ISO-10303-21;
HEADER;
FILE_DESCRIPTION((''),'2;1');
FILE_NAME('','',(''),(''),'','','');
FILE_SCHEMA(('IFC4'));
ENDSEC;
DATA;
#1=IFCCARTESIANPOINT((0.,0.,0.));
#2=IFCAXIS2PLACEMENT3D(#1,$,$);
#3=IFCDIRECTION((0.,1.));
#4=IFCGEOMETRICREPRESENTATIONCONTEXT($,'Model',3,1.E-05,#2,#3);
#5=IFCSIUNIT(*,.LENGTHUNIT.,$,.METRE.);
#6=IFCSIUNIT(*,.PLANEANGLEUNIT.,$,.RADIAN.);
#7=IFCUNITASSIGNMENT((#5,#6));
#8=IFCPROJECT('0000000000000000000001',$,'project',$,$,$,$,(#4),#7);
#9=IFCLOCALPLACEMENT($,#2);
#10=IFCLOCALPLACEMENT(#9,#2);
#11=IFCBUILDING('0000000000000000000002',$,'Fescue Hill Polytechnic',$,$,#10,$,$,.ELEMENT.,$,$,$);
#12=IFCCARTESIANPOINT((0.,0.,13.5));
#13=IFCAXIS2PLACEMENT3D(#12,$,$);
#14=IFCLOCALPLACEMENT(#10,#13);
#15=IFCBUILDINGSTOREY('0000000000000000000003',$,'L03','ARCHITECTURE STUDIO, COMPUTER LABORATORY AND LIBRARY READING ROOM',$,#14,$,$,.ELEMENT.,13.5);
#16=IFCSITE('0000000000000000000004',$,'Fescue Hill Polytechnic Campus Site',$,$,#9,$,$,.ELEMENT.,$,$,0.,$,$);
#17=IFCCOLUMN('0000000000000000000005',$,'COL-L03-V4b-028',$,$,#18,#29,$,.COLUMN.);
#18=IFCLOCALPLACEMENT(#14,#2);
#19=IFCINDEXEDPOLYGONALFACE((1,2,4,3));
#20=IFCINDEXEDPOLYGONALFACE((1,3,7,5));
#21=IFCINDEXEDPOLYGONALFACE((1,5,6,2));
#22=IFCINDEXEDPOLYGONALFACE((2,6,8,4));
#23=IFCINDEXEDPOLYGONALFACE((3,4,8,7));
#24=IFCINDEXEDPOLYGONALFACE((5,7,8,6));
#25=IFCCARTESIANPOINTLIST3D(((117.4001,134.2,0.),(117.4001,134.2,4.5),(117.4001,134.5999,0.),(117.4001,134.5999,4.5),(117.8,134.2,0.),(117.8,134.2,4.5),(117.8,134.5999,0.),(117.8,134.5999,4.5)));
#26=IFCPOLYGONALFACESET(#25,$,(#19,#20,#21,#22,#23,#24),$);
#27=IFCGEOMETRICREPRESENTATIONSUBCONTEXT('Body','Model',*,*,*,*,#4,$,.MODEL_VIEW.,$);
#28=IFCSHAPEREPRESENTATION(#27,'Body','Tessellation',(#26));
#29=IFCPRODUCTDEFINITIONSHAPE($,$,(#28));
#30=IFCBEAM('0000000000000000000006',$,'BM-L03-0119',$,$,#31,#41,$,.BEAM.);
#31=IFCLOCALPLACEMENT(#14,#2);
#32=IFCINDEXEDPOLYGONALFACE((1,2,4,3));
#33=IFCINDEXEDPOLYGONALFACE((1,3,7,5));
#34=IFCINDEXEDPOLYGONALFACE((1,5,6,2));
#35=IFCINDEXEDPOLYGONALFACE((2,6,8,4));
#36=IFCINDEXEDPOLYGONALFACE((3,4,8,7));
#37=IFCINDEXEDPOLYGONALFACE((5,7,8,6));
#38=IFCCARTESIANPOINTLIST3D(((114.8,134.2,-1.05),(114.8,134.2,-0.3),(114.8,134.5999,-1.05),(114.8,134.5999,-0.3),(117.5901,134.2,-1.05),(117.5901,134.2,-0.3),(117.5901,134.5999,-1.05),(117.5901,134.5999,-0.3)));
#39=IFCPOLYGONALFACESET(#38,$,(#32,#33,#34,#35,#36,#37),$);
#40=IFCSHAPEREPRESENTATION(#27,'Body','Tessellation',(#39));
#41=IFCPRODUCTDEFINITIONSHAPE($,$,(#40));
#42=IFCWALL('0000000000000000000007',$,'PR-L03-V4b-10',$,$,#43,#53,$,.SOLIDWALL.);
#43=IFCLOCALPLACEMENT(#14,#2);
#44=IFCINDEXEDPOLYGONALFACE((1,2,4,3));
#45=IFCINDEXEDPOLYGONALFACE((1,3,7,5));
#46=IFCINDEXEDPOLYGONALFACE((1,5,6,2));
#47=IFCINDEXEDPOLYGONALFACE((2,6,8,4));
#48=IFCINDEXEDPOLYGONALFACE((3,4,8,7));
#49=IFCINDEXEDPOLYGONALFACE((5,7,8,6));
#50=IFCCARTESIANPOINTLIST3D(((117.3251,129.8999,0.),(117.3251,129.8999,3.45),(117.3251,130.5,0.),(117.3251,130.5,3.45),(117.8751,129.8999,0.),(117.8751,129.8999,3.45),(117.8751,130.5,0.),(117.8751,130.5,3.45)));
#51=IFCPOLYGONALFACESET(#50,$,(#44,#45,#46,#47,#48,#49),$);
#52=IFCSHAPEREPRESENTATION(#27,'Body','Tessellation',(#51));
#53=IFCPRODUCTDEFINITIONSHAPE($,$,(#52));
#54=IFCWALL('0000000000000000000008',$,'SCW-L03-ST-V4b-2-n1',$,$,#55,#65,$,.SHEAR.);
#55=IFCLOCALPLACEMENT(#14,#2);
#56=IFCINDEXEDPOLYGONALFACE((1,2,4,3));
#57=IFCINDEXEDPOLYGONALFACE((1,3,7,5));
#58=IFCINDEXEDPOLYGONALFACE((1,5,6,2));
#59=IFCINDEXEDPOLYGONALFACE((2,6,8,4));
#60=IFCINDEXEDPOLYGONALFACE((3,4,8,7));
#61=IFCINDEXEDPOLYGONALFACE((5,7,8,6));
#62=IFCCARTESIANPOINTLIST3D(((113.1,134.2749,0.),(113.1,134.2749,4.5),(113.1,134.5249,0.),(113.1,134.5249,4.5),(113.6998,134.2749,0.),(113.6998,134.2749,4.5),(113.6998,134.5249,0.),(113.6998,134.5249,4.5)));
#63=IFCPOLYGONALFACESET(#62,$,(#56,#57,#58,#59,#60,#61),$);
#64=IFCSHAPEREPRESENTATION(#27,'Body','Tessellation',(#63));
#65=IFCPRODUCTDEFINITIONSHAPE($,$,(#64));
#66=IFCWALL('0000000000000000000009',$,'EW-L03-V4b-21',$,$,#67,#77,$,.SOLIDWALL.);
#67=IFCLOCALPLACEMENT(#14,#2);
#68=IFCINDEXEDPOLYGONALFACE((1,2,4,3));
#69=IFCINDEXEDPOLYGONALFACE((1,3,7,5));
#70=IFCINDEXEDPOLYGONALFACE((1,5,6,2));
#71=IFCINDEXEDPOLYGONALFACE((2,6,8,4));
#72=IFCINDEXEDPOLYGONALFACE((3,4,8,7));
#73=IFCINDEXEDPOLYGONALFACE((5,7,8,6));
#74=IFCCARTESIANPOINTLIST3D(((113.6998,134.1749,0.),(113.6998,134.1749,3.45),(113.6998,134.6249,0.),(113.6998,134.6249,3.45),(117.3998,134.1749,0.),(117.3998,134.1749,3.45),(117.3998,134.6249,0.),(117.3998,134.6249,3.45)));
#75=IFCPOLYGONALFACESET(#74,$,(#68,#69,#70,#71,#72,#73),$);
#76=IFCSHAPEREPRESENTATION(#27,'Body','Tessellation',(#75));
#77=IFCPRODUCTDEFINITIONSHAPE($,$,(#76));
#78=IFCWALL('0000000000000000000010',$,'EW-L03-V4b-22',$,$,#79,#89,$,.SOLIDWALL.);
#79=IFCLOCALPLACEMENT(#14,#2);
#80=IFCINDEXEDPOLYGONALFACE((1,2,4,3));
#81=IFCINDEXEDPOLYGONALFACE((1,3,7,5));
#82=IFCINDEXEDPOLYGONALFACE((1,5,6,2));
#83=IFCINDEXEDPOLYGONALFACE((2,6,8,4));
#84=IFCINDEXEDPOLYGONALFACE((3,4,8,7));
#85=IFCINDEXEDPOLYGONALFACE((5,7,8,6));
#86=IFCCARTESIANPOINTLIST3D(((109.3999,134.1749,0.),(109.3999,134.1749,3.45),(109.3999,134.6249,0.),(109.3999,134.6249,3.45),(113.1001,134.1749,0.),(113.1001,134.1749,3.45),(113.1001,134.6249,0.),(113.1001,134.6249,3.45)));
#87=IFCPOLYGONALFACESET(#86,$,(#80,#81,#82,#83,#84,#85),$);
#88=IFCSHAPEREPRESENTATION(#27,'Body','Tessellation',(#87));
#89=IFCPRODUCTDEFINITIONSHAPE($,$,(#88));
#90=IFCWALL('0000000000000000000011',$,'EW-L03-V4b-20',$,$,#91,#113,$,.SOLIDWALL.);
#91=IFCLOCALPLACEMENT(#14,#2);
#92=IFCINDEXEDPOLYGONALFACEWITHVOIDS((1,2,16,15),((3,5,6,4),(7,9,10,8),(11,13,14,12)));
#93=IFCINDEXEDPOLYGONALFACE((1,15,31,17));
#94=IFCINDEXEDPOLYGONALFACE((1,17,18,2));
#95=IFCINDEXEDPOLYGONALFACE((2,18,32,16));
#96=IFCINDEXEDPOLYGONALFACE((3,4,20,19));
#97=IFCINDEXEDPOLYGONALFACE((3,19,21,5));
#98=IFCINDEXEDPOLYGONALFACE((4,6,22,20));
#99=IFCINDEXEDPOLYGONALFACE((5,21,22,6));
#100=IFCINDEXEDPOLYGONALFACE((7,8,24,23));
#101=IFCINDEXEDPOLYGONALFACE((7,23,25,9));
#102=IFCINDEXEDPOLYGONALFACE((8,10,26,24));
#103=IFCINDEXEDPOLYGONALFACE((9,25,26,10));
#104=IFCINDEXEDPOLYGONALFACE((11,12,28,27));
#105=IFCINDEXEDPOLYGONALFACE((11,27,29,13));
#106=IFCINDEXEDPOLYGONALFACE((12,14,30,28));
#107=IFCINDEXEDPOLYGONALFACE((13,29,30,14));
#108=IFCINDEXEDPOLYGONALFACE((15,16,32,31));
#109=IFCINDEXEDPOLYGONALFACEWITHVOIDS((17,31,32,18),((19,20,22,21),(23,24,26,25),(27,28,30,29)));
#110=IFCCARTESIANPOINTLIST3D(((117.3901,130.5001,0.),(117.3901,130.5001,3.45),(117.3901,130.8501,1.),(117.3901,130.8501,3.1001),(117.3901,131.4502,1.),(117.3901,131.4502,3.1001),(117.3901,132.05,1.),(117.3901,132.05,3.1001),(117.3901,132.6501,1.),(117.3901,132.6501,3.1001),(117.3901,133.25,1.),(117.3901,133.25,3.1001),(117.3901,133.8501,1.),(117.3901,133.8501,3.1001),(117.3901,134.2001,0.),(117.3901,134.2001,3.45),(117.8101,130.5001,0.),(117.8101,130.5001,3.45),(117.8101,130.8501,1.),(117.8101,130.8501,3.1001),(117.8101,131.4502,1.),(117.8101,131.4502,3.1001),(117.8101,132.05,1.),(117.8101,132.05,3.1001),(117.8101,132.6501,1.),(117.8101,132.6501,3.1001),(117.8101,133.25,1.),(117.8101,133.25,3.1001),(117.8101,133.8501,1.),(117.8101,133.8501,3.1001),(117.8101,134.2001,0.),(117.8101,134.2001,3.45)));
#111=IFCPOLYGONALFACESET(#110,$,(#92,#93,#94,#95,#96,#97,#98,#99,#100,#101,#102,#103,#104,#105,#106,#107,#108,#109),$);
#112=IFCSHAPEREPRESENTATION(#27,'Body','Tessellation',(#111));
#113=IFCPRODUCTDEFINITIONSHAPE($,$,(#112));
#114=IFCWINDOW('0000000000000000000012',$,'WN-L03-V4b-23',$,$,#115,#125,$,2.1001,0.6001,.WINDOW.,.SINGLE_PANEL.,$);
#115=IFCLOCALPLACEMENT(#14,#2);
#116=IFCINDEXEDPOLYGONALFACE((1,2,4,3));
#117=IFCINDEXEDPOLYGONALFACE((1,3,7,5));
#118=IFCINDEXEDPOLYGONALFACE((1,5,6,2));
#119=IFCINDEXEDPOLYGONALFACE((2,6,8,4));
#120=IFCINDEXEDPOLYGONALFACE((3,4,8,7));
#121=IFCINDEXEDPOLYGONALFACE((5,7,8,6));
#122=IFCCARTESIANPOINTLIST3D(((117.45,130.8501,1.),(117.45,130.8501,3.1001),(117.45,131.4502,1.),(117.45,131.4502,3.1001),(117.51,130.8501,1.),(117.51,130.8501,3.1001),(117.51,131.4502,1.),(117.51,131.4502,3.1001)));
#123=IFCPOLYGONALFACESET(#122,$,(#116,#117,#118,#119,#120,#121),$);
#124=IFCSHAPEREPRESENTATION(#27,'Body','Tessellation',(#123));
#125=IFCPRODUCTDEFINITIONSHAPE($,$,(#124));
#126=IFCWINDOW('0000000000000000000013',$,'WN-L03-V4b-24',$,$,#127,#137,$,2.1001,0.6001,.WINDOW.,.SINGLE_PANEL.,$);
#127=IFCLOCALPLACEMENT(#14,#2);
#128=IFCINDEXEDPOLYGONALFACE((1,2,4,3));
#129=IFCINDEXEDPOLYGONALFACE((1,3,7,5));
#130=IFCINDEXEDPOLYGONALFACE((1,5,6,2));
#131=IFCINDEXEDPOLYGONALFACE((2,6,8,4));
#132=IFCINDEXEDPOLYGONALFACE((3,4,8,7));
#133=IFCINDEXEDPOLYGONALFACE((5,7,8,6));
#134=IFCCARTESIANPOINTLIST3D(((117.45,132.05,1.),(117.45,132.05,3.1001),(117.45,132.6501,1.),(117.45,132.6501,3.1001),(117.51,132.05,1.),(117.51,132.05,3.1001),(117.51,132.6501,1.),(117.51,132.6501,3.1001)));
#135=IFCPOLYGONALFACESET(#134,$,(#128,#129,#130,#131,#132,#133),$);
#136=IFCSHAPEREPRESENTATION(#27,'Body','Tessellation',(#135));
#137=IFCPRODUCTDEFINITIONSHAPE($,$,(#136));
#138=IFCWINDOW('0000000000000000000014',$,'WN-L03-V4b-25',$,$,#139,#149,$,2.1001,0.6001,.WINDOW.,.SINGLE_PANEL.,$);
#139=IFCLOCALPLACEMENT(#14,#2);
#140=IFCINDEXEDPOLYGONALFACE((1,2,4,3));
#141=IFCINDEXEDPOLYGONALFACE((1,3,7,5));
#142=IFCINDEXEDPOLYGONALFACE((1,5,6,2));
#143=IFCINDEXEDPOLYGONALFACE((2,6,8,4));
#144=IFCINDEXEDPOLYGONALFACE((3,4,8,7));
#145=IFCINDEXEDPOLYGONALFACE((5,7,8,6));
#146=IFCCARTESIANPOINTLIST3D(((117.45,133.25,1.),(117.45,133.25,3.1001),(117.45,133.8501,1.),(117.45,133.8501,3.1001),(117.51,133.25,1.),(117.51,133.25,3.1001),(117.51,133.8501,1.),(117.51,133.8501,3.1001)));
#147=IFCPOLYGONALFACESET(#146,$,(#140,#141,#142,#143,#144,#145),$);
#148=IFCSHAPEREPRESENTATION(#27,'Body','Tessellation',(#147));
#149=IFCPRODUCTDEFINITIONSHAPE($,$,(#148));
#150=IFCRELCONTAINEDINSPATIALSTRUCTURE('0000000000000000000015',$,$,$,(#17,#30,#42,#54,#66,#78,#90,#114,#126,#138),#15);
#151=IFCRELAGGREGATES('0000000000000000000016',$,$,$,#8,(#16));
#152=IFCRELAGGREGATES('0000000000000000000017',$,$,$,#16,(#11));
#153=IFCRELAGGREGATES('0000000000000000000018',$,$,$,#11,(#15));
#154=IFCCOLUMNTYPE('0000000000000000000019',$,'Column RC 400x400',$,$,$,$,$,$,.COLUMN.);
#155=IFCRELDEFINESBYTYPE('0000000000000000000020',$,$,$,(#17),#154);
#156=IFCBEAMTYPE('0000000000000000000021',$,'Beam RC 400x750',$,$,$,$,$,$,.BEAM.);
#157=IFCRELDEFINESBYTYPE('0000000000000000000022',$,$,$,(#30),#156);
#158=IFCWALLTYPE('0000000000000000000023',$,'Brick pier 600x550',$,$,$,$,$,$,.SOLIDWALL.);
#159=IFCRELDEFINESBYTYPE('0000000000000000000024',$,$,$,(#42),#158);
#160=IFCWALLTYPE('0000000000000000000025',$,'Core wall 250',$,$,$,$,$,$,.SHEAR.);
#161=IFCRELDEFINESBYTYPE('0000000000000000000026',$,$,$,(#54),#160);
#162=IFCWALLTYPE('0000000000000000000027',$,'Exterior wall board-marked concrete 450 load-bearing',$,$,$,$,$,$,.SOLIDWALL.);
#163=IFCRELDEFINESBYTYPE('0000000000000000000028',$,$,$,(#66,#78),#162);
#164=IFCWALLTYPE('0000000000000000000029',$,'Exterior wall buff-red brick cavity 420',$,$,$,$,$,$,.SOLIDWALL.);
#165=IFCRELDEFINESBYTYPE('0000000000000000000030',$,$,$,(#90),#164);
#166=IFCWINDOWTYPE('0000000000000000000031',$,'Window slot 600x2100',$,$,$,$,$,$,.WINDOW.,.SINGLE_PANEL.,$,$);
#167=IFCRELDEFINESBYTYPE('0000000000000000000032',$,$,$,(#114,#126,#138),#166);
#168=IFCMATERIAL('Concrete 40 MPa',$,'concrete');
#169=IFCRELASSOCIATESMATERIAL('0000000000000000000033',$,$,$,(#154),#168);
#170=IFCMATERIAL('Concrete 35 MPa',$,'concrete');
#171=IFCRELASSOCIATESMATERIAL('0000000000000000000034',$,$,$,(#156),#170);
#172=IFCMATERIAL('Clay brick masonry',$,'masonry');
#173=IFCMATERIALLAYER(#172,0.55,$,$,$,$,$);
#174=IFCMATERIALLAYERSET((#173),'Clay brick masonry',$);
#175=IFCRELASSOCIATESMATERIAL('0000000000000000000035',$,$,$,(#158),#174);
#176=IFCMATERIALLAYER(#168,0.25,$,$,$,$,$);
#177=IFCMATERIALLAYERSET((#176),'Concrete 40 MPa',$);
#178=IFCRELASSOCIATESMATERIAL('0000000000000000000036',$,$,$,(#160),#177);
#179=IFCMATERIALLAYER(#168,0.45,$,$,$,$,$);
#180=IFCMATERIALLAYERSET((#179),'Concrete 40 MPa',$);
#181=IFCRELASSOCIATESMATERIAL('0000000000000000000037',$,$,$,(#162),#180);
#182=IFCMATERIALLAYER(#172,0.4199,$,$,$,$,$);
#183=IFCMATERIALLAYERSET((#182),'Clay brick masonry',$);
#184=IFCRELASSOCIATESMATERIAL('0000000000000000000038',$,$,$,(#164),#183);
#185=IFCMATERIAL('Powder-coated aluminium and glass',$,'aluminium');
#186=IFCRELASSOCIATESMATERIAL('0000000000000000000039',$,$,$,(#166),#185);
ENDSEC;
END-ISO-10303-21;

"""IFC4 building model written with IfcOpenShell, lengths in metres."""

from ifc_helpers import new_model, si_unit, direction, frame, frame_2d, origin, origin_2d, place, context, subcontext, project, spatial, rectangle, extrude, material, layer, layer_set, material_profile, profile_set, type_object, element, fill, save


model = new_model("IFC4")

# Units and contexts
model_context = context("Model", 3, precision=1e-05, world=origin(), true_north=direction((0.0, 1.0)))
body_context = subcontext(model_context, "Body", "Model", "MODEL_VIEW")
ifc_project = project(units=[si_unit("LENGTHUNIT", "METRE"), si_unit("PLANEANGLEUNIT", "RADIAN")], contexts=[model_context])

# Site, building, storey
site_placement = place(None, origin())
site = spatial("IfcSite", under=ifc_project, at=site_placement, Name="Fescue Hill Polytechnic Campus Site", CompositionType="ELEMENT", RefElevation=0.0)
building_placement = place(site_placement, origin())
building = spatial("IfcBuilding", under=site, at=building_placement, Name="Fescue Hill Polytechnic", CompositionType="ELEMENT")
storey_placement = place(building_placement, frame((0.0, 0.0, 13.5)))
storey = spatial("IfcBuildingStorey", under=building, at=storey_placement, Name="L03", Description="ARCHITECTURE STUDIO, COMPUTER LABORATORY AND LIBRARY READING ROOM", CompositionType="ELEMENT", Elevation=13.5)

# Column
ifc_material_1 = material(Name="Concrete 40 MPa", Category="concrete")
ifc_material_profile_1 = material_profile(ifc_material_1, rectangle(XDim=0.3999, YDim=0.3999, at=origin_2d()), Name="RC 400x400")
ifc_profile_set_1 = profile_set([ifc_material_profile_1], Name="Concrete 40 MPa")
column_type = type_object("IfcColumnType", Name="Column RC 400x400", PredefinedType="COLUMN", material=ifc_profile_set_1)
column_placement = place(storey_placement, frame((117.6001, 134.3999, 0.0), z_axis=(0.0, 0.0, 1.0), x_axis=(1.0, 0.0, 0.0)))
element("IfcColumn", 1, at=column_placement, inside=storey, type_object=column_type, Name="COL-L03-V4b-028", PredefinedType="COLUMN", context=body_context, shape_type="SweptSolid", body=[
    extrude(rectangle(XDim=0.3999, YDim=0.3999, at=origin_2d()), origin(), (0.0, 0.0, 1.0), 4.5),
])

# Beam
ifc_material_2 = material(Name="Concrete 35 MPa", Category="concrete")
ifc_material_profile_2 = material_profile(ifc_material_2, rectangle(XDim=0.3999, YDim=0.75, at=origin_2d()), Name="RC 400x750")
ifc_profile_set_2 = profile_set([ifc_material_profile_2], Name="Concrete 35 MPa")
beam_type = type_object("IfcBeamType", Name="Beam RC 400x750", PredefinedType="BEAM", material=ifc_profile_set_2)
beam_placement = place(storey_placement, frame((114.8, 134.3999, -0.675), z_axis=(1.0, 0.0, 0.0), x_axis=(0.0, 1.0, 0.0)))
element("IfcBeam", 2, at=beam_placement, inside=storey, type_object=beam_type, Name="BM-L03-0119", PredefinedType="BEAM", context=body_context, shape_type="SweptSolid", body=[
    extrude(rectangle(XDim=0.3999, YDim=0.75, at=origin_2d()), origin(), (0.0, 0.0, 1.0), 2.79),
])

# Walls
ifc_material_3 = material(Name="Clay brick masonry", Category="masonry")
ifc_layer_1 = layer(ifc_material_3, 0.55)
ifc_layer_set_1 = layer_set([ifc_layer_1], Name="Clay brick masonry")
wall_type_1 = type_object("IfcWallType", Name="Brick pier 600x550", PredefinedType="SOLIDWALL", material=ifc_layer_set_1)
wall_1_placement = place(storey_placement, frame((117.6001, 129.8999, 0.0), z_axis=(0.0, 0.0, 1.0), x_axis=(0.0, 1.0, 0.0)))
element("IfcWall", 3, at=wall_1_placement, inside=storey, type_object=wall_type_1, Name="PR-L03-V4b-10", PredefinedType="SOLIDWALL", context=body_context, shape_type="SweptSolid", body=[
    extrude(rectangle(XDim=0.6001, YDim=0.55, at=frame_2d((0.3, 0.0))), origin(), (0.0, 0.0, 1.0), 3.45),
])
ifc_layer_2 = layer(ifc_material_1, 0.25)
ifc_layer_set_2 = layer_set([ifc_layer_2], Name="Concrete 40 MPa")
wall_type_2 = type_object("IfcWallType", Name="Core wall 250", PredefinedType="SHEAR", material=ifc_layer_set_2)
wall_2_placement = place(storey_placement, frame((113.1001, 134.3999, 0.0), z_axis=(0.0, 0.0, 1.0), x_axis=(1.0, 0.0, 0.0)))
element("IfcWall", 4, at=wall_2_placement, inside=storey, type_object=wall_type_2, Name="SCW-L03-ST-V4b-2-n1", PredefinedType="SHEAR", context=body_context, shape_type="SweptSolid", body=[
    extrude(rectangle(XDim=0.5999, YDim=0.25, at=frame_2d((0.2998, 0.0))), origin(), (0.0, 0.0, 1.0), 4.5),
])
ifc_layer_3 = layer(ifc_material_1, 0.45)
ifc_layer_set_3 = layer_set([ifc_layer_3], Name="Concrete 40 MPa")
wall_type_3 = type_object("IfcWallType", Name="Exterior wall board-marked concrete 450 load-bearing", PredefinedType="SOLIDWALL", material=ifc_layer_set_3)
wall_3_placement = place(storey_placement, frame((117.3999, 134.3999, 0.0), z_axis=(0.0, 0.0, 1.0), x_axis=(-1.0, 0.0, 0.0)))
element("IfcWall", 5, at=wall_3_placement, inside=storey, type_object=wall_type_3, Name="EW-L03-V4b-21", PredefinedType="SOLIDWALL", context=body_context, shape_type="SweptSolid", body=[
    extrude(rectangle(XDim=3.7, YDim=0.45, at=frame_2d((1.8501, 0.0))), origin(), (0.0, 0.0, 1.0), 3.45),
])
wall_4_placement = place(storey_placement, frame((113.1001, 134.3999, 0.0), z_axis=(0.0, 0.0, 1.0), x_axis=(-1.0, 0.0, 0.0)))
element("IfcWall", 6, at=wall_4_placement, inside=storey, type_object=wall_type_3, Name="EW-L03-V4b-22", PredefinedType="SOLIDWALL", context=body_context, shape_type="SweptSolid", body=[
    extrude(rectangle(XDim=3.7002, YDim=0.45, at=frame_2d((1.8501, 0.0))), origin(), (0.0, 0.0, 1.0), 3.45),
])

# Wall, openings, windows
ifc_layer_4 = layer(ifc_material_3, 0.4199)
ifc_layer_set_4 = layer_set([ifc_layer_4], Name="Clay brick masonry")
wall_type_4 = type_object("IfcWallType", Name="Exterior wall buff-red brick cavity 420", PredefinedType="SOLIDWALL", material=ifc_layer_set_4)
wall_5_placement = place(storey_placement, frame((117.6001, 130.5, 0.0), z_axis=(0.0, 0.0, 1.0), x_axis=(0.0, 1.0, 0.0)))
wall_5 = element("IfcWall", 7, at=wall_5_placement, inside=storey, type_object=wall_type_4, Name="EW-L03-V4b-20", PredefinedType="SOLIDWALL", context=body_context, shape_type="SweptSolid", body=[
    extrude(rectangle(XDim=3.7, YDim=0.4199, at=frame_2d((1.8501, 0.0))), origin(), (0.0, 0.0, 1.0), 3.45),
])
opening_1_placement = place(wall_5_placement, frame((0.3501, 0.0, 1.0)))
opening_1 = element("IfcOpeningElement", 8, at=opening_1_placement, cuts=wall_5, PredefinedType="OPENING", context=body_context, shape_type="SweptSolid", body=[
    extrude(rectangle(XDim=0.6001, YDim=2.1001, at=frame_2d((0.3, 1.05))), frame((0.0, 0.22, 0.0), z_axis=(0.0, -1.0, 0.0), x_axis=(1.0, 0.0, 0.0)), (0.0, 0.0, 1.0), 0.4399),
])
opening_2_placement = place(wall_5_placement, frame((1.55, 0.0, 1.0)))
opening_2 = element("IfcOpeningElement", 9, at=opening_2_placement, cuts=wall_5, PredefinedType="OPENING", context=body_context, shape_type="SweptSolid", body=[
    extrude(rectangle(XDim=0.6001, YDim=2.1001, at=frame_2d((0.3, 1.05))), frame((0.0, 0.22, 0.0), z_axis=(0.0, -1.0, 0.0), x_axis=(1.0, 0.0, 0.0)), (0.0, 0.0, 1.0), 0.4399),
])
opening_3_placement = place(wall_5_placement, frame((2.75, 0.0, 1.0)))
opening_3 = element("IfcOpeningElement", 10, at=opening_3_placement, cuts=wall_5, PredefinedType="OPENING", context=body_context, shape_type="SweptSolid", body=[
    extrude(rectangle(XDim=0.6001, YDim=2.1001, at=frame_2d((0.3, 1.05))), frame((0.0, 0.22, 0.0), z_axis=(0.0, -1.0, 0.0), x_axis=(1.0, 0.0, 0.0)), (0.0, 0.0, 1.0), 0.4399),
])
ifc_material_4 = material(Name="Powder-coated aluminium and glass", Category="aluminium")
window_type = type_object("IfcWindowType", Name="Window slot 600x2100", PartitioningType="SINGLE_PANEL", PredefinedType="WINDOW", material=ifc_material_4)
window_1_placement = place(opening_1_placement, origin())
window_1 = element("IfcWindow", 11, at=window_1_placement, inside=storey, type_object=window_type, Name="WN-L03-V4b-23", OverallHeight=2.1001, OverallWidth=0.6001, PartitioningType="SINGLE_PANEL", PredefinedType="WINDOW", context=body_context, shape_type="SweptSolid", body=[
    extrude(rectangle(XDim=0.6001, YDim=2.1001, at=frame_2d((0.3, 1.05))), frame((0.0, 0.1501, 0.0), z_axis=(0.0, -1.0, 0.0), x_axis=(1.0, 0.0, 0.0)), (0.0, 0.0, 1.0), 0.0601),
])
fill(opening_1, window_1)
window_2_placement = place(opening_2_placement, origin())
window_2 = element("IfcWindow", 12, at=window_2_placement, inside=storey, type_object=window_type, Name="WN-L03-V4b-24", OverallHeight=2.1001, OverallWidth=0.6001, PartitioningType="SINGLE_PANEL", PredefinedType="WINDOW", context=body_context, shape_type="SweptSolid", body=[
    extrude(rectangle(XDim=0.6001, YDim=2.1001, at=frame_2d((0.3, 1.05))), frame((0.0, 0.1501, 0.0), z_axis=(0.0, -1.0, 0.0), x_axis=(1.0, 0.0, 0.0)), (0.0, 0.0, 1.0), 0.0601),
])
fill(opening_2, window_2)
window_3_placement = place(opening_3_placement, origin())
window_3 = element("IfcWindow", 13, at=window_3_placement, inside=storey, type_object=window_type, Name="WN-L03-V4b-25", OverallHeight=2.1001, OverallWidth=0.6001, PartitioningType="SINGLE_PANEL", PredefinedType="WINDOW", context=body_context, shape_type="SweptSolid", body=[
    extrude(rectangle(XDim=0.6001, YDim=2.1001, at=frame_2d((0.3, 1.05))), frame((0.0, 0.1501, 0.0), z_axis=(0.0, -1.0, 0.0), x_axis=(1.0, 0.0, 0.0)), (0.0, 0.0, 1.0), 0.0601),
])
fill(opening_3, window_3)

save(model, "model.ifc")
